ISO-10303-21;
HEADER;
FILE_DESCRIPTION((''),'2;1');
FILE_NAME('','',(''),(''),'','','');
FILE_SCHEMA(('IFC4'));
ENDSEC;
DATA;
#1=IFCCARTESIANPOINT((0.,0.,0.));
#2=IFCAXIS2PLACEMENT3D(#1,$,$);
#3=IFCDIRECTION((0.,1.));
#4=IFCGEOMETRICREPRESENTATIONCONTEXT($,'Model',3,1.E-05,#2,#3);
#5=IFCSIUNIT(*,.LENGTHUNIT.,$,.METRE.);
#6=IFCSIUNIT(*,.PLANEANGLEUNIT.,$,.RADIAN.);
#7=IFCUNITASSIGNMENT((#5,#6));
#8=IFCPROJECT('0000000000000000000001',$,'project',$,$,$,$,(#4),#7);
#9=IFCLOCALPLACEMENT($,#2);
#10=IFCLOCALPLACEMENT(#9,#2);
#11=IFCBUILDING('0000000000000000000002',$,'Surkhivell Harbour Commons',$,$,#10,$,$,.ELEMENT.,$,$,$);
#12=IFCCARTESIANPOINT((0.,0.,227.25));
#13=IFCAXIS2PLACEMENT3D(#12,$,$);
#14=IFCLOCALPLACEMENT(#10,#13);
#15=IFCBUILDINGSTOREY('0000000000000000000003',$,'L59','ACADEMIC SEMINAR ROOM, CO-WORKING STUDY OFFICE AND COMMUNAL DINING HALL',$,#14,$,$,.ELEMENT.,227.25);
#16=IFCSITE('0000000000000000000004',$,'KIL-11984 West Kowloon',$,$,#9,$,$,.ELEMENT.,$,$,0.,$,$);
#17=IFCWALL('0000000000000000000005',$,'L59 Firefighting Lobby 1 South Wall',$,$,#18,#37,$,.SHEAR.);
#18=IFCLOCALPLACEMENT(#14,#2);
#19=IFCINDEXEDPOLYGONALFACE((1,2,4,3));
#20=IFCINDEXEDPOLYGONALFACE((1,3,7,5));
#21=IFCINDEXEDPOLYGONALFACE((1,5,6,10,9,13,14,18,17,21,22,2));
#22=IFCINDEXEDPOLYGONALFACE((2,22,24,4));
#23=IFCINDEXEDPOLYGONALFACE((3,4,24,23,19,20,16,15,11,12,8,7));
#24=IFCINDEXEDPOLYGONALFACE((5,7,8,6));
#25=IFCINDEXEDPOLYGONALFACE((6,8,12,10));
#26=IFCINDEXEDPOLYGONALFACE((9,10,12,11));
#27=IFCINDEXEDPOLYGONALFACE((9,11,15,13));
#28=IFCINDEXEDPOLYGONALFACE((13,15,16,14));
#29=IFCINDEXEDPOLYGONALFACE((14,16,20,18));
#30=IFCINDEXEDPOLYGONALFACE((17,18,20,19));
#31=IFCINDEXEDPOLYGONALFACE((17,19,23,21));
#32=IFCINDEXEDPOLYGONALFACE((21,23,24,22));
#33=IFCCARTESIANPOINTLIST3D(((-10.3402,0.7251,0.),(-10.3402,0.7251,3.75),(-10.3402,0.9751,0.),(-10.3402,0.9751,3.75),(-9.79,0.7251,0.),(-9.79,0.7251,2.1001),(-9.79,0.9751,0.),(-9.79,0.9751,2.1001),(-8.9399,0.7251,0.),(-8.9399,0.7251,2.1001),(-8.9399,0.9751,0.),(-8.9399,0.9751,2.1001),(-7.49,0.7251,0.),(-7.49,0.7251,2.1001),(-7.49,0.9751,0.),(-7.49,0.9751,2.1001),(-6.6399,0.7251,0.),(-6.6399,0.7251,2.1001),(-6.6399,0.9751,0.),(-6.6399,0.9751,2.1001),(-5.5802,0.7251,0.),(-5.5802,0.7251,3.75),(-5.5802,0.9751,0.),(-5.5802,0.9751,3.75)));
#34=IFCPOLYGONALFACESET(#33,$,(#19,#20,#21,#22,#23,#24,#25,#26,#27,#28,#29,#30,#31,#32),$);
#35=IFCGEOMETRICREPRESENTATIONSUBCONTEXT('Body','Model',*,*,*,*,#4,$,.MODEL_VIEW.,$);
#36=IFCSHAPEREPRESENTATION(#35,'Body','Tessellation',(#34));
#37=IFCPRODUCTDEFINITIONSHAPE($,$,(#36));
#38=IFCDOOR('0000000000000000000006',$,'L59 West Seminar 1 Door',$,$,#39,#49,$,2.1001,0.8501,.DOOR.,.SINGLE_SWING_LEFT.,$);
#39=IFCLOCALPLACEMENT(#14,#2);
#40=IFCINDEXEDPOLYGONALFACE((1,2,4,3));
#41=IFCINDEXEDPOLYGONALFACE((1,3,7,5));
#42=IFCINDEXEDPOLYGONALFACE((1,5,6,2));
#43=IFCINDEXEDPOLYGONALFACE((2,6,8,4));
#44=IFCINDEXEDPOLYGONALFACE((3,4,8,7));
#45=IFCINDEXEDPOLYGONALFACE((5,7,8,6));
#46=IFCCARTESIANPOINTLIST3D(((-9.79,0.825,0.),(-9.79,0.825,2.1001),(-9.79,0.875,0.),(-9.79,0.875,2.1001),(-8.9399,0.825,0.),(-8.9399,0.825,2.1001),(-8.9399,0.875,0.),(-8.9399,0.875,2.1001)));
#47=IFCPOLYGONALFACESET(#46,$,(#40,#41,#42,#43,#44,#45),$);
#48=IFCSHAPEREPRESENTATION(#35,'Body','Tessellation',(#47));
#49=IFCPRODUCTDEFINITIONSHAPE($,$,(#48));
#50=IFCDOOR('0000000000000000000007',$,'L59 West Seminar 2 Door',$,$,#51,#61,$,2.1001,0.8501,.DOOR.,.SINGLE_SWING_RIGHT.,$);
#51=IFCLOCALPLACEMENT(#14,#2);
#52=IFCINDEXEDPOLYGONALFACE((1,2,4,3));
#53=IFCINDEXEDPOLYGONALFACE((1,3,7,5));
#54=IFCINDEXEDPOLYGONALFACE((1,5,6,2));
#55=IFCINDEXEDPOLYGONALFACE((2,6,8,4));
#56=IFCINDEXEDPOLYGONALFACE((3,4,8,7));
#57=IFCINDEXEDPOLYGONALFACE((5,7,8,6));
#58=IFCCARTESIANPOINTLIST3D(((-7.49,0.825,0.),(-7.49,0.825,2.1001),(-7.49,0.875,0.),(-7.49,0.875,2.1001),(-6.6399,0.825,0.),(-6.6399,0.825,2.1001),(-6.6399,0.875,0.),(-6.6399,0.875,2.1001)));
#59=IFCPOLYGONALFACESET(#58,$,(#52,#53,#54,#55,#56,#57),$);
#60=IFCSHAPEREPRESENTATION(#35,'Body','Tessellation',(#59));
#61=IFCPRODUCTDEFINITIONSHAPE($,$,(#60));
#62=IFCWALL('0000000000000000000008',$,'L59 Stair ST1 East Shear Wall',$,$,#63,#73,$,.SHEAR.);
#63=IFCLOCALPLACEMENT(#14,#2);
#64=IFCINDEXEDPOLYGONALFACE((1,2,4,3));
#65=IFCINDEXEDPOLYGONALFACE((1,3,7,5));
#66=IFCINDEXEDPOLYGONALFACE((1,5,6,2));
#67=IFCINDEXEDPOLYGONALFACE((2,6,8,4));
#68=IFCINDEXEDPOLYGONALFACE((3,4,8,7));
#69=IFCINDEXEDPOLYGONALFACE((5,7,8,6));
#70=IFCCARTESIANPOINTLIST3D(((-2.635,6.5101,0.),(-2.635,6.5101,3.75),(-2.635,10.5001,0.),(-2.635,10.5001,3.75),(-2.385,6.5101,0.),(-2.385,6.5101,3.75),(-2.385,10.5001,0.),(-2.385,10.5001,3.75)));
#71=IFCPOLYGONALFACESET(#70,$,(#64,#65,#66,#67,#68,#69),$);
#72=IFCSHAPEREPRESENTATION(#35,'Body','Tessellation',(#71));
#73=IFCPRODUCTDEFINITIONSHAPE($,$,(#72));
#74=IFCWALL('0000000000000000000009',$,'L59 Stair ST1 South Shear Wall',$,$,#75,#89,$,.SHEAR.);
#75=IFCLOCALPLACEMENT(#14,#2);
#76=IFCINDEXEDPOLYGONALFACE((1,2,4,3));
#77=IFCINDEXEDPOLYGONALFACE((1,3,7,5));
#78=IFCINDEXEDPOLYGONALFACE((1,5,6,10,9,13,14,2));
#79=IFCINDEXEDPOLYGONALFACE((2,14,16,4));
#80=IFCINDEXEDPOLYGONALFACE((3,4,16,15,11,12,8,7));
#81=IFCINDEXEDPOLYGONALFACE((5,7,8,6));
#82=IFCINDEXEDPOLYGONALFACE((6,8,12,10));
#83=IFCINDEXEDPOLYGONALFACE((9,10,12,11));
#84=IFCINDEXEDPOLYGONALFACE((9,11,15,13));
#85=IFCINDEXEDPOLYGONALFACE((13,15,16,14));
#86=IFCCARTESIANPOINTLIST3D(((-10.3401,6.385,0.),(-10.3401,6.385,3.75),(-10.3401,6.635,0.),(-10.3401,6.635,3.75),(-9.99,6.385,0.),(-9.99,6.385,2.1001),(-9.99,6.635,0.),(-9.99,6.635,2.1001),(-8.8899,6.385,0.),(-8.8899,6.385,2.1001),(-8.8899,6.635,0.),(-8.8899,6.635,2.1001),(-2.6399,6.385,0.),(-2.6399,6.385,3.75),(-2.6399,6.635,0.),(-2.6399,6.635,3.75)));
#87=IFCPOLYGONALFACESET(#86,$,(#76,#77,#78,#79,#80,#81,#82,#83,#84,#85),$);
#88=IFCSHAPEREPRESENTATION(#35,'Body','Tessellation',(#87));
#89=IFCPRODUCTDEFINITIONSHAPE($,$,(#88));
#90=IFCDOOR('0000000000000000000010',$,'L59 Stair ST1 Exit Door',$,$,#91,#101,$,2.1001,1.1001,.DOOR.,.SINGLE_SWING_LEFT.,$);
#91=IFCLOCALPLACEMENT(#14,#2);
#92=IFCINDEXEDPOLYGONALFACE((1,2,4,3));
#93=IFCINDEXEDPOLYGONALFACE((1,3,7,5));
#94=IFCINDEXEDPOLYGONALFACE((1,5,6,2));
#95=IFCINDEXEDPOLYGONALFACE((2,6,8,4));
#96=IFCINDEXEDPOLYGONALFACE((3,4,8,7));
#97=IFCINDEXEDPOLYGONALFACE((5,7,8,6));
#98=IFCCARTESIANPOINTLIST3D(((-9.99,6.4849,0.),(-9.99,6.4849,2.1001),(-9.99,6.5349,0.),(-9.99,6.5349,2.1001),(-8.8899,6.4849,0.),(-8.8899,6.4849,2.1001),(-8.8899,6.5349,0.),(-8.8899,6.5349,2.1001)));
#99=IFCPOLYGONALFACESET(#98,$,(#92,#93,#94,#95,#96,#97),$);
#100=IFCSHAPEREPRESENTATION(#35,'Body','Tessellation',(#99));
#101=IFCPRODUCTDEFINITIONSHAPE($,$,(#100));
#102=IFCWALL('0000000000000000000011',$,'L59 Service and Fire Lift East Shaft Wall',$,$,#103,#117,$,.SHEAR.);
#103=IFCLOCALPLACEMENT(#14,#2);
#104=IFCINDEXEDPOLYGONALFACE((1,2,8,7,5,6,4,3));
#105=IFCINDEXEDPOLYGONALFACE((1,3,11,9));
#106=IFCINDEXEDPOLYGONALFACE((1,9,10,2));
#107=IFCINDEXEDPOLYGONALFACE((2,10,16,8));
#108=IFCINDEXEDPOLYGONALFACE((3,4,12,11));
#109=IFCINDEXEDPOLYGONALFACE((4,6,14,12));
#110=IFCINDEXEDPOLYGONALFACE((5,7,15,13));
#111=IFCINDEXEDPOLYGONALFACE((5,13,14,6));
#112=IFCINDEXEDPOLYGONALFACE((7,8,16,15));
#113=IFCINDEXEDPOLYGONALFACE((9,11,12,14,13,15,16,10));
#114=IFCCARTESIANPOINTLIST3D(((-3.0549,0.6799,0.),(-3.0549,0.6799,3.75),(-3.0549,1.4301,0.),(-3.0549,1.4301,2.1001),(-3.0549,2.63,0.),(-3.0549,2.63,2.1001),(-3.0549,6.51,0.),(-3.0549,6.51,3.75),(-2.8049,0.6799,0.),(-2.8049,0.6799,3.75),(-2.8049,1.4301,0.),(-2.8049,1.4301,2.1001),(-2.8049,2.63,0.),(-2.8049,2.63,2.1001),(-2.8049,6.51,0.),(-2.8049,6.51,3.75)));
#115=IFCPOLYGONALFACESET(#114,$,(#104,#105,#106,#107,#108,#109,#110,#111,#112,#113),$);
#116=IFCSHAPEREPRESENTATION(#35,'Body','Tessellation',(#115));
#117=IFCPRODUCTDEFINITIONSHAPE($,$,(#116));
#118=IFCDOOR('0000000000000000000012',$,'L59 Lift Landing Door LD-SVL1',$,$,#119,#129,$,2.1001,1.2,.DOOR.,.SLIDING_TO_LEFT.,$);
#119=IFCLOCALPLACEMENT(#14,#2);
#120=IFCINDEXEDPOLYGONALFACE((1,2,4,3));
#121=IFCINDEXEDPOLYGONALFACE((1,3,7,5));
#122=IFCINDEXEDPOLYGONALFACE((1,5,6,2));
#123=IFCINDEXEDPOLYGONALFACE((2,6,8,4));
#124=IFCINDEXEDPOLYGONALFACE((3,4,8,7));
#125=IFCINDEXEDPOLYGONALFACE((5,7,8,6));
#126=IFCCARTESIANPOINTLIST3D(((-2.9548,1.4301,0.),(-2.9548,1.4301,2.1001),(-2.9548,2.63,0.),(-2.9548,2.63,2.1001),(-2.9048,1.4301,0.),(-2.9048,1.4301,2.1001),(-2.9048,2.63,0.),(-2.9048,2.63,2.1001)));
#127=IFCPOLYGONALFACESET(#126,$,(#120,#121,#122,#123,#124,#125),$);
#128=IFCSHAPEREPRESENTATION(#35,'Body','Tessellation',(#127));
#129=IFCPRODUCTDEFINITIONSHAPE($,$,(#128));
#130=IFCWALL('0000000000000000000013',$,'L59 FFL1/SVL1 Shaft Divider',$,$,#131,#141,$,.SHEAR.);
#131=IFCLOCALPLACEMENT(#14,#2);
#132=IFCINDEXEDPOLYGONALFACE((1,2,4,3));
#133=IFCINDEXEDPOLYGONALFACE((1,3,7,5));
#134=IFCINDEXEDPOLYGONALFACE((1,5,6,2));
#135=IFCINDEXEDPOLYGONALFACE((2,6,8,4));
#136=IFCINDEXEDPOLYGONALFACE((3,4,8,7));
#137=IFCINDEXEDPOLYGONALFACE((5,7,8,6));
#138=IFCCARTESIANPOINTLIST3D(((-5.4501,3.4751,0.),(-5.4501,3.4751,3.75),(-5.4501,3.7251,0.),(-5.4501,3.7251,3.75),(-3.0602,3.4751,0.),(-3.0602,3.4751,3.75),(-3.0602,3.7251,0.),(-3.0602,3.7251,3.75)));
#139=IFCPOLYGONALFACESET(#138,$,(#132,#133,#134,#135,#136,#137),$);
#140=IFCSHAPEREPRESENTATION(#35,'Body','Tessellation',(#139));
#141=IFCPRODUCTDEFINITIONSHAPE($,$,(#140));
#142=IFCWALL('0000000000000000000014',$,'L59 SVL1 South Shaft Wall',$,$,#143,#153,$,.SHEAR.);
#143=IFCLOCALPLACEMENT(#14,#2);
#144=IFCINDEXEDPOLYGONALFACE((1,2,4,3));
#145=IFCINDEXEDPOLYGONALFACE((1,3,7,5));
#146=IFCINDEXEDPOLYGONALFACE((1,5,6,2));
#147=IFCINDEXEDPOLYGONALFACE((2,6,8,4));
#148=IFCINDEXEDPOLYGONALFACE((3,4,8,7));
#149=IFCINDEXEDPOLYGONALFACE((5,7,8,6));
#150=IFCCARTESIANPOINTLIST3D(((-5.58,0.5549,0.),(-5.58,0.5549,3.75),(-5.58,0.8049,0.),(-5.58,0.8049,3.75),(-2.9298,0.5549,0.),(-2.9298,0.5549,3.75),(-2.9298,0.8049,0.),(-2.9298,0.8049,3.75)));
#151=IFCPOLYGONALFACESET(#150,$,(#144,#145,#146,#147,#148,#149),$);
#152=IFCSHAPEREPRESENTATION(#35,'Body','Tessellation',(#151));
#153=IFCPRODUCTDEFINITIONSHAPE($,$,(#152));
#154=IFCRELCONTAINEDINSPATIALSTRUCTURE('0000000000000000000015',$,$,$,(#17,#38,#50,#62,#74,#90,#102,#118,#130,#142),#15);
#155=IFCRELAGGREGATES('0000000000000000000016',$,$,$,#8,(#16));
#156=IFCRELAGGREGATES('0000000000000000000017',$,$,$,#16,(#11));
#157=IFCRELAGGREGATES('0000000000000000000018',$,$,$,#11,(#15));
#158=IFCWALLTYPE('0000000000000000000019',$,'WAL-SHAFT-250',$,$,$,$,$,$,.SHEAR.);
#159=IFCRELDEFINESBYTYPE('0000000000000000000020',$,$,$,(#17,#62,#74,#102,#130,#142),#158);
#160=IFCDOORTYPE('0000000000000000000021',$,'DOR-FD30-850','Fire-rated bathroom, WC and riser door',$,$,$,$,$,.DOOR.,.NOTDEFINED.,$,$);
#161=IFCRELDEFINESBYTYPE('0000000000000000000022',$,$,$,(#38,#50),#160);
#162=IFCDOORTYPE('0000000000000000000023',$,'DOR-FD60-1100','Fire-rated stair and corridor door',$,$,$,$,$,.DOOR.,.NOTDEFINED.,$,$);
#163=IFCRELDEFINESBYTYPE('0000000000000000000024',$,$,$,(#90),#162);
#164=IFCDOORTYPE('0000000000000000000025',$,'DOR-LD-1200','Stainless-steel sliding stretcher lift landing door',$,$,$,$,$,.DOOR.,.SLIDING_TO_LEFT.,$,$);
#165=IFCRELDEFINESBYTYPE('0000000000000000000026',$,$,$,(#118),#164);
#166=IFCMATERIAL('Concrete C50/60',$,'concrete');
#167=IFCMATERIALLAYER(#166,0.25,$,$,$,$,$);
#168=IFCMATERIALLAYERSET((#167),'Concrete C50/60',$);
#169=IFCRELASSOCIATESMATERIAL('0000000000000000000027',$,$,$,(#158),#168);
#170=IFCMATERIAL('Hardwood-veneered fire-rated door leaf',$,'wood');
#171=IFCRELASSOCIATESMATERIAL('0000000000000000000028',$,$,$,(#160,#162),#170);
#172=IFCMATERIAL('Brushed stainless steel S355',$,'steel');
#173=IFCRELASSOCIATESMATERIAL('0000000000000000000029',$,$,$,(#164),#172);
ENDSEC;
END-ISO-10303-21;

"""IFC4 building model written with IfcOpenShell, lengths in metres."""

from ifc_helpers import new_model, si_unit, direction, frame, frame_2d, origin, place, context, subcontext, project, spatial, rectangle, extrude, material, layer, layer_set, type_object, element, fill, save


model = new_model("IFC4")

# Units and contexts
model_context = context("Model", 3, precision=1e-05, world=origin(), true_north=direction((0.0, 1.0)))
body_context = subcontext(model_context, "Body", "Model", "MODEL_VIEW")
ifc_project = project(units=[si_unit("LENGTHUNIT", "METRE"), si_unit("PLANEANGLEUNIT", "RADIAN")], contexts=[model_context])

# Site, building, storey
site_placement = place(None, origin())
site = spatial("IfcSite", under=ifc_project, at=site_placement, Name="KIL-11984 West Kowloon", CompositionType="ELEMENT", RefElevation=0.0)
building_placement = place(site_placement, origin())
building = spatial("IfcBuilding", under=site, at=building_placement, Name="Surkhivell Harbour Commons", CompositionType="ELEMENT")
storey_placement = place(building_placement, frame((0.0, 0.0, 227.25)))
storey = spatial("IfcBuildingStorey", under=building, at=storey_placement, Name="L59", Description="ACADEMIC SEMINAR ROOM, CO-WORKING STUDY OFFICE AND COMMUNAL DINING HALL", CompositionType="ELEMENT", Elevation=227.25)

# Shared definitions
ifc_material_1 = material(Name="Hardwood-veneered fire-rated door leaf", Category="wood")

# Shared definitions
ifc_material_2 = material(Name="Concrete C50/60", Category="concrete")
ifc_layer_1 = layer(ifc_material_2, 0.25)
ifc_layer_set_1 = layer_set([ifc_layer_1], Name="Concrete C50/60")
wall_type_1 = type_object("IfcWallType", Name="WAL-SHAFT-250", PredefinedType="SHEAR", material=ifc_layer_set_1)
ifc_material_3 = material(Name="Brushed stainless steel S355", Category="steel")

# Wall, openings, doors
wall_1_placement = place(storey_placement, frame((-10.3401, 0.8501, 0.0), z_axis=(0.0, 0.0, 1.0), x_axis=(1.0, 0.0, 0.0)))
wall_1 = element("IfcWall", 1, at=wall_1_placement, inside=storey, type_object=wall_type_1, Name="L59 Firefighting Lobby 1 South Wall", PredefinedType="SHEAR", context=body_context, shape_type="SweptSolid", body=[
    extrude(rectangle(XDim=4.76, YDim=0.25, at=frame_2d((2.3799, 0.0))), origin(), (0.0, 0.0, 1.0), 3.75),
])
opening_1_placement = place(wall_1_placement, frame((0.55, 0.0, 0.0)))
opening_1 = element("IfcOpeningElement", 2, at=opening_1_placement, cuts=wall_1, PredefinedType="OPENING", context=body_context, shape_type="SweptSolid", body=[
    extrude(rectangle(XDim=0.8501, YDim=2.1001, at=frame_2d((0.425, 1.05))), frame((0.0, 0.135, 0.0), z_axis=(0.0, -1.0, 0.0), x_axis=(1.0, 0.0, 0.0)), (0.0, 0.0, 1.0), 0.27),
])
opening_2_placement = place(wall_1_placement, frame((2.8501, 0.0, 0.0)))
opening_2 = element("IfcOpeningElement", 3, at=opening_2_placement, cuts=wall_1, PredefinedType="OPENING", context=body_context, shape_type="SweptSolid", body=[
    extrude(rectangle(XDim=0.8501, YDim=2.1001, at=frame_2d((0.425, 1.05))), frame((0.0, 0.135, 0.0), z_axis=(0.0, -1.0, 0.0), x_axis=(1.0, 0.0, 0.0)), (0.0, 0.0, 1.0), 0.27),
])
door_type_1 = type_object("IfcDoorType", Name="DOR-FD30-850", Description="Fire-rated bathroom, WC and riser door", OperationType="NOTDEFINED", PredefinedType="DOOR", material=ifc_material_1)
door_1_placement = place(opening_1_placement, origin())
door_1 = element("IfcDoor", 4, at=door_1_placement, inside=storey, type_object=door_type_1, Name="L59 West Seminar 1 Door", OperationType="SINGLE_SWING_LEFT", OverallHeight=2.1001, OverallWidth=0.8501, PredefinedType="DOOR", context=body_context, shape_type="SweptSolid", body=[
    extrude(rectangle(XDim=0.8501, YDim=2.1001, at=frame_2d((0.425, 1.05))), frame((0.0, 0.0249, 0.0), z_axis=(0.0, -1.0, 0.0), x_axis=(1.0, 0.0, 0.0)), (0.0, 0.0, 1.0), 0.05),
])
fill(opening_1, door_1)
door_2_placement = place(opening_2_placement, origin())
door_2 = element("IfcDoor", 5, at=door_2_placement, inside=storey, type_object=door_type_1, Name="L59 West Seminar 2 Door", OperationType="SINGLE_SWING_RIGHT", OverallHeight=2.1001, OverallWidth=0.8501, PredefinedType="DOOR", context=body_context, shape_type="SweptSolid", body=[
    extrude(rectangle(XDim=0.8501, YDim=2.1001, at=frame_2d((0.425, 1.05))), frame((0.0, 0.0249, 0.0), z_axis=(0.0, -1.0, 0.0), x_axis=(1.0, 0.0, 0.0)), (0.0, 0.0, 1.0), 0.05),
])
fill(opening_2, door_2)

# Wall
wall_2_placement = place(storey_placement, frame((-2.51, 6.51, 0.0), z_axis=(0.0, 0.0, 1.0), x_axis=(0.0, 1.0, 0.0)))
element("IfcWall", 6, at=wall_2_placement, inside=storey, type_object=wall_type_1, Name="L59 Stair ST1 East Shear Wall", PredefinedType="SHEAR", context=body_context, shape_type="SweptSolid", body=[
    extrude(rectangle(XDim=3.99, YDim=0.25, at=frame_2d((1.9951, 0.0))), origin(), (0.0, 0.0, 1.0), 3.75),
])

# Walls, openings, doors
wall_3_placement = place(storey_placement, frame((-10.3401, 6.51, 0.0), z_axis=(0.0, 0.0, 1.0), x_axis=(1.0, 0.0, 0.0)))
wall_3 = element("IfcWall", 7, at=wall_3_placement, inside=storey, type_object=wall_type_1, Name="L59 Stair ST1 South Shear Wall", PredefinedType="SHEAR", context=body_context, shape_type="SweptSolid", body=[
    extrude(rectangle(XDim=7.7002, YDim=0.25, at=frame_2d((3.8501, 0.0))), origin(), (0.0, 0.0, 1.0), 3.75),
])
opening_3_placement = place(wall_3_placement, frame((0.3501, 0.0, 0.0)))
opening_3 = element("IfcOpeningElement", 8, at=opening_3_placement, cuts=wall_3, PredefinedType="OPENING", context=body_context, shape_type="SweptSolid", body=[
    extrude(rectangle(XDim=1.1001, YDim=2.1001, at=frame_2d((0.55, 1.05))), frame((0.0, 0.135, 0.0), z_axis=(0.0, -1.0, 0.0), x_axis=(1.0, 0.0, 0.0)), (0.0, 0.0, 1.0), 0.27),
])
door_type_2 = type_object("IfcDoorType", Name="DOR-FD60-1100", Description="Fire-rated stair and corridor door", OperationType="NOTDEFINED", PredefinedType="DOOR", material=ifc_material_1)
door_3_placement = place(opening_3_placement, origin())
door_3 = element("IfcDoor", 9, at=door_3_placement, inside=storey, type_object=door_type_2, Name="L59 Stair ST1 Exit Door", OperationType="SINGLE_SWING_LEFT", OverallHeight=2.1001, OverallWidth=1.1001, PredefinedType="DOOR", context=body_context, shape_type="SweptSolid", body=[
    extrude(rectangle(XDim=1.1001, YDim=2.1001, at=frame_2d((0.55, 1.05))), frame((0.0, 0.0249, 0.0), z_axis=(0.0, -1.0, 0.0), x_axis=(1.0, 0.0, 0.0)), (0.0, 0.0, 1.0), 0.05),
])
fill(opening_3, door_3)
wall_4_placement = place(storey_placement, frame((-2.9299, 0.6799, 0.0), z_axis=(0.0, 0.0, 1.0), x_axis=(0.0, 1.0, 0.0)))
wall_4 = element("IfcWall", 10, at=wall_4_placement, inside=storey, type_object=wall_type_1, Name="L59 Service and Fire Lift East Shaft Wall", PredefinedType="SHEAR", context=body_context, shape_type="SweptSolid", body=[
    extrude(rectangle(XDim=5.8301, YDim=0.25, at=frame_2d((2.915, 0.0))), origin(), (0.0, 0.0, 1.0), 3.75),
])
opening_4_placement = place(wall_4_placement, frame((0.75, 0.0, 0.0)))
opening_4 = element("IfcOpeningElement", 11, at=opening_4_placement, cuts=wall_4, PredefinedType="OPENING", context=body_context, shape_type="SweptSolid", body=[
    extrude(rectangle(XDim=1.2, YDim=2.1001, at=frame_2d((0.6001, 1.05))), frame((0.0, 0.135, 0.0), z_axis=(0.0, -1.0, 0.0), x_axis=(1.0, 0.0, 0.0)), (0.0, 0.0, 1.0), 0.27),
])
door_type_3 = type_object("IfcDoorType", Name="DOR-LD-1200", Description="Stainless-steel sliding stretcher lift landing door", OperationType="SLIDING_TO_LEFT", PredefinedType="DOOR", material=ifc_material_3)
door_4_placement = place(opening_4_placement, origin())
door_4 = element("IfcDoor", 12, at=door_4_placement, inside=storey, type_object=door_type_3, Name="L59 Lift Landing Door LD-SVL1", OperationType="SLIDING_TO_LEFT", OverallHeight=2.1001, OverallWidth=1.2, PredefinedType="DOOR", context=body_context, shape_type="SweptSolid", body=[
    extrude(rectangle(XDim=1.2, YDim=2.1001, at=frame_2d((0.6001, 1.05))), frame((0.0, 0.0249, 0.0), z_axis=(0.0, -1.0, 0.0), x_axis=(1.0, 0.0, 0.0)), (0.0, 0.0, 1.0), 0.05),
])
fill(opening_4, door_4)

# Walls
wall_5_placement = place(storey_placement, frame((-5.45, 3.6001, 0.0), z_axis=(0.0, 0.0, 1.0), x_axis=(1.0, 0.0, 0.0)))
element("IfcWall", 13, at=wall_5_placement, inside=storey, type_object=wall_type_1, Name="L59 FFL1/SVL1 Shaft Divider", PredefinedType="SHEAR", context=body_context, shape_type="SweptSolid", body=[
    extrude(rectangle(XDim=2.3899, YDim=0.25, at=frame_2d((1.1948, 0.0))), origin(), (0.0, 0.0, 1.0), 3.75),
])
wall_6_placement = place(storey_placement, frame((-5.5801, 0.6799, 0.0), z_axis=(0.0, 0.0, 1.0), x_axis=(1.0, 0.0, 0.0)))
element("IfcWall", 14, at=wall_6_placement, inside=storey, type_object=wall_type_1, Name="L59 SVL1 South Shaft Wall", PredefinedType="SHEAR", context=body_context, shape_type="SweptSolid", body=[
    extrude(rectangle(XDim=2.6501, YDim=0.25, at=frame_2d((1.3252, 0.0))), origin(), (0.0, 0.0, 1.0), 3.75),
])

save(model, "model.ifc")
